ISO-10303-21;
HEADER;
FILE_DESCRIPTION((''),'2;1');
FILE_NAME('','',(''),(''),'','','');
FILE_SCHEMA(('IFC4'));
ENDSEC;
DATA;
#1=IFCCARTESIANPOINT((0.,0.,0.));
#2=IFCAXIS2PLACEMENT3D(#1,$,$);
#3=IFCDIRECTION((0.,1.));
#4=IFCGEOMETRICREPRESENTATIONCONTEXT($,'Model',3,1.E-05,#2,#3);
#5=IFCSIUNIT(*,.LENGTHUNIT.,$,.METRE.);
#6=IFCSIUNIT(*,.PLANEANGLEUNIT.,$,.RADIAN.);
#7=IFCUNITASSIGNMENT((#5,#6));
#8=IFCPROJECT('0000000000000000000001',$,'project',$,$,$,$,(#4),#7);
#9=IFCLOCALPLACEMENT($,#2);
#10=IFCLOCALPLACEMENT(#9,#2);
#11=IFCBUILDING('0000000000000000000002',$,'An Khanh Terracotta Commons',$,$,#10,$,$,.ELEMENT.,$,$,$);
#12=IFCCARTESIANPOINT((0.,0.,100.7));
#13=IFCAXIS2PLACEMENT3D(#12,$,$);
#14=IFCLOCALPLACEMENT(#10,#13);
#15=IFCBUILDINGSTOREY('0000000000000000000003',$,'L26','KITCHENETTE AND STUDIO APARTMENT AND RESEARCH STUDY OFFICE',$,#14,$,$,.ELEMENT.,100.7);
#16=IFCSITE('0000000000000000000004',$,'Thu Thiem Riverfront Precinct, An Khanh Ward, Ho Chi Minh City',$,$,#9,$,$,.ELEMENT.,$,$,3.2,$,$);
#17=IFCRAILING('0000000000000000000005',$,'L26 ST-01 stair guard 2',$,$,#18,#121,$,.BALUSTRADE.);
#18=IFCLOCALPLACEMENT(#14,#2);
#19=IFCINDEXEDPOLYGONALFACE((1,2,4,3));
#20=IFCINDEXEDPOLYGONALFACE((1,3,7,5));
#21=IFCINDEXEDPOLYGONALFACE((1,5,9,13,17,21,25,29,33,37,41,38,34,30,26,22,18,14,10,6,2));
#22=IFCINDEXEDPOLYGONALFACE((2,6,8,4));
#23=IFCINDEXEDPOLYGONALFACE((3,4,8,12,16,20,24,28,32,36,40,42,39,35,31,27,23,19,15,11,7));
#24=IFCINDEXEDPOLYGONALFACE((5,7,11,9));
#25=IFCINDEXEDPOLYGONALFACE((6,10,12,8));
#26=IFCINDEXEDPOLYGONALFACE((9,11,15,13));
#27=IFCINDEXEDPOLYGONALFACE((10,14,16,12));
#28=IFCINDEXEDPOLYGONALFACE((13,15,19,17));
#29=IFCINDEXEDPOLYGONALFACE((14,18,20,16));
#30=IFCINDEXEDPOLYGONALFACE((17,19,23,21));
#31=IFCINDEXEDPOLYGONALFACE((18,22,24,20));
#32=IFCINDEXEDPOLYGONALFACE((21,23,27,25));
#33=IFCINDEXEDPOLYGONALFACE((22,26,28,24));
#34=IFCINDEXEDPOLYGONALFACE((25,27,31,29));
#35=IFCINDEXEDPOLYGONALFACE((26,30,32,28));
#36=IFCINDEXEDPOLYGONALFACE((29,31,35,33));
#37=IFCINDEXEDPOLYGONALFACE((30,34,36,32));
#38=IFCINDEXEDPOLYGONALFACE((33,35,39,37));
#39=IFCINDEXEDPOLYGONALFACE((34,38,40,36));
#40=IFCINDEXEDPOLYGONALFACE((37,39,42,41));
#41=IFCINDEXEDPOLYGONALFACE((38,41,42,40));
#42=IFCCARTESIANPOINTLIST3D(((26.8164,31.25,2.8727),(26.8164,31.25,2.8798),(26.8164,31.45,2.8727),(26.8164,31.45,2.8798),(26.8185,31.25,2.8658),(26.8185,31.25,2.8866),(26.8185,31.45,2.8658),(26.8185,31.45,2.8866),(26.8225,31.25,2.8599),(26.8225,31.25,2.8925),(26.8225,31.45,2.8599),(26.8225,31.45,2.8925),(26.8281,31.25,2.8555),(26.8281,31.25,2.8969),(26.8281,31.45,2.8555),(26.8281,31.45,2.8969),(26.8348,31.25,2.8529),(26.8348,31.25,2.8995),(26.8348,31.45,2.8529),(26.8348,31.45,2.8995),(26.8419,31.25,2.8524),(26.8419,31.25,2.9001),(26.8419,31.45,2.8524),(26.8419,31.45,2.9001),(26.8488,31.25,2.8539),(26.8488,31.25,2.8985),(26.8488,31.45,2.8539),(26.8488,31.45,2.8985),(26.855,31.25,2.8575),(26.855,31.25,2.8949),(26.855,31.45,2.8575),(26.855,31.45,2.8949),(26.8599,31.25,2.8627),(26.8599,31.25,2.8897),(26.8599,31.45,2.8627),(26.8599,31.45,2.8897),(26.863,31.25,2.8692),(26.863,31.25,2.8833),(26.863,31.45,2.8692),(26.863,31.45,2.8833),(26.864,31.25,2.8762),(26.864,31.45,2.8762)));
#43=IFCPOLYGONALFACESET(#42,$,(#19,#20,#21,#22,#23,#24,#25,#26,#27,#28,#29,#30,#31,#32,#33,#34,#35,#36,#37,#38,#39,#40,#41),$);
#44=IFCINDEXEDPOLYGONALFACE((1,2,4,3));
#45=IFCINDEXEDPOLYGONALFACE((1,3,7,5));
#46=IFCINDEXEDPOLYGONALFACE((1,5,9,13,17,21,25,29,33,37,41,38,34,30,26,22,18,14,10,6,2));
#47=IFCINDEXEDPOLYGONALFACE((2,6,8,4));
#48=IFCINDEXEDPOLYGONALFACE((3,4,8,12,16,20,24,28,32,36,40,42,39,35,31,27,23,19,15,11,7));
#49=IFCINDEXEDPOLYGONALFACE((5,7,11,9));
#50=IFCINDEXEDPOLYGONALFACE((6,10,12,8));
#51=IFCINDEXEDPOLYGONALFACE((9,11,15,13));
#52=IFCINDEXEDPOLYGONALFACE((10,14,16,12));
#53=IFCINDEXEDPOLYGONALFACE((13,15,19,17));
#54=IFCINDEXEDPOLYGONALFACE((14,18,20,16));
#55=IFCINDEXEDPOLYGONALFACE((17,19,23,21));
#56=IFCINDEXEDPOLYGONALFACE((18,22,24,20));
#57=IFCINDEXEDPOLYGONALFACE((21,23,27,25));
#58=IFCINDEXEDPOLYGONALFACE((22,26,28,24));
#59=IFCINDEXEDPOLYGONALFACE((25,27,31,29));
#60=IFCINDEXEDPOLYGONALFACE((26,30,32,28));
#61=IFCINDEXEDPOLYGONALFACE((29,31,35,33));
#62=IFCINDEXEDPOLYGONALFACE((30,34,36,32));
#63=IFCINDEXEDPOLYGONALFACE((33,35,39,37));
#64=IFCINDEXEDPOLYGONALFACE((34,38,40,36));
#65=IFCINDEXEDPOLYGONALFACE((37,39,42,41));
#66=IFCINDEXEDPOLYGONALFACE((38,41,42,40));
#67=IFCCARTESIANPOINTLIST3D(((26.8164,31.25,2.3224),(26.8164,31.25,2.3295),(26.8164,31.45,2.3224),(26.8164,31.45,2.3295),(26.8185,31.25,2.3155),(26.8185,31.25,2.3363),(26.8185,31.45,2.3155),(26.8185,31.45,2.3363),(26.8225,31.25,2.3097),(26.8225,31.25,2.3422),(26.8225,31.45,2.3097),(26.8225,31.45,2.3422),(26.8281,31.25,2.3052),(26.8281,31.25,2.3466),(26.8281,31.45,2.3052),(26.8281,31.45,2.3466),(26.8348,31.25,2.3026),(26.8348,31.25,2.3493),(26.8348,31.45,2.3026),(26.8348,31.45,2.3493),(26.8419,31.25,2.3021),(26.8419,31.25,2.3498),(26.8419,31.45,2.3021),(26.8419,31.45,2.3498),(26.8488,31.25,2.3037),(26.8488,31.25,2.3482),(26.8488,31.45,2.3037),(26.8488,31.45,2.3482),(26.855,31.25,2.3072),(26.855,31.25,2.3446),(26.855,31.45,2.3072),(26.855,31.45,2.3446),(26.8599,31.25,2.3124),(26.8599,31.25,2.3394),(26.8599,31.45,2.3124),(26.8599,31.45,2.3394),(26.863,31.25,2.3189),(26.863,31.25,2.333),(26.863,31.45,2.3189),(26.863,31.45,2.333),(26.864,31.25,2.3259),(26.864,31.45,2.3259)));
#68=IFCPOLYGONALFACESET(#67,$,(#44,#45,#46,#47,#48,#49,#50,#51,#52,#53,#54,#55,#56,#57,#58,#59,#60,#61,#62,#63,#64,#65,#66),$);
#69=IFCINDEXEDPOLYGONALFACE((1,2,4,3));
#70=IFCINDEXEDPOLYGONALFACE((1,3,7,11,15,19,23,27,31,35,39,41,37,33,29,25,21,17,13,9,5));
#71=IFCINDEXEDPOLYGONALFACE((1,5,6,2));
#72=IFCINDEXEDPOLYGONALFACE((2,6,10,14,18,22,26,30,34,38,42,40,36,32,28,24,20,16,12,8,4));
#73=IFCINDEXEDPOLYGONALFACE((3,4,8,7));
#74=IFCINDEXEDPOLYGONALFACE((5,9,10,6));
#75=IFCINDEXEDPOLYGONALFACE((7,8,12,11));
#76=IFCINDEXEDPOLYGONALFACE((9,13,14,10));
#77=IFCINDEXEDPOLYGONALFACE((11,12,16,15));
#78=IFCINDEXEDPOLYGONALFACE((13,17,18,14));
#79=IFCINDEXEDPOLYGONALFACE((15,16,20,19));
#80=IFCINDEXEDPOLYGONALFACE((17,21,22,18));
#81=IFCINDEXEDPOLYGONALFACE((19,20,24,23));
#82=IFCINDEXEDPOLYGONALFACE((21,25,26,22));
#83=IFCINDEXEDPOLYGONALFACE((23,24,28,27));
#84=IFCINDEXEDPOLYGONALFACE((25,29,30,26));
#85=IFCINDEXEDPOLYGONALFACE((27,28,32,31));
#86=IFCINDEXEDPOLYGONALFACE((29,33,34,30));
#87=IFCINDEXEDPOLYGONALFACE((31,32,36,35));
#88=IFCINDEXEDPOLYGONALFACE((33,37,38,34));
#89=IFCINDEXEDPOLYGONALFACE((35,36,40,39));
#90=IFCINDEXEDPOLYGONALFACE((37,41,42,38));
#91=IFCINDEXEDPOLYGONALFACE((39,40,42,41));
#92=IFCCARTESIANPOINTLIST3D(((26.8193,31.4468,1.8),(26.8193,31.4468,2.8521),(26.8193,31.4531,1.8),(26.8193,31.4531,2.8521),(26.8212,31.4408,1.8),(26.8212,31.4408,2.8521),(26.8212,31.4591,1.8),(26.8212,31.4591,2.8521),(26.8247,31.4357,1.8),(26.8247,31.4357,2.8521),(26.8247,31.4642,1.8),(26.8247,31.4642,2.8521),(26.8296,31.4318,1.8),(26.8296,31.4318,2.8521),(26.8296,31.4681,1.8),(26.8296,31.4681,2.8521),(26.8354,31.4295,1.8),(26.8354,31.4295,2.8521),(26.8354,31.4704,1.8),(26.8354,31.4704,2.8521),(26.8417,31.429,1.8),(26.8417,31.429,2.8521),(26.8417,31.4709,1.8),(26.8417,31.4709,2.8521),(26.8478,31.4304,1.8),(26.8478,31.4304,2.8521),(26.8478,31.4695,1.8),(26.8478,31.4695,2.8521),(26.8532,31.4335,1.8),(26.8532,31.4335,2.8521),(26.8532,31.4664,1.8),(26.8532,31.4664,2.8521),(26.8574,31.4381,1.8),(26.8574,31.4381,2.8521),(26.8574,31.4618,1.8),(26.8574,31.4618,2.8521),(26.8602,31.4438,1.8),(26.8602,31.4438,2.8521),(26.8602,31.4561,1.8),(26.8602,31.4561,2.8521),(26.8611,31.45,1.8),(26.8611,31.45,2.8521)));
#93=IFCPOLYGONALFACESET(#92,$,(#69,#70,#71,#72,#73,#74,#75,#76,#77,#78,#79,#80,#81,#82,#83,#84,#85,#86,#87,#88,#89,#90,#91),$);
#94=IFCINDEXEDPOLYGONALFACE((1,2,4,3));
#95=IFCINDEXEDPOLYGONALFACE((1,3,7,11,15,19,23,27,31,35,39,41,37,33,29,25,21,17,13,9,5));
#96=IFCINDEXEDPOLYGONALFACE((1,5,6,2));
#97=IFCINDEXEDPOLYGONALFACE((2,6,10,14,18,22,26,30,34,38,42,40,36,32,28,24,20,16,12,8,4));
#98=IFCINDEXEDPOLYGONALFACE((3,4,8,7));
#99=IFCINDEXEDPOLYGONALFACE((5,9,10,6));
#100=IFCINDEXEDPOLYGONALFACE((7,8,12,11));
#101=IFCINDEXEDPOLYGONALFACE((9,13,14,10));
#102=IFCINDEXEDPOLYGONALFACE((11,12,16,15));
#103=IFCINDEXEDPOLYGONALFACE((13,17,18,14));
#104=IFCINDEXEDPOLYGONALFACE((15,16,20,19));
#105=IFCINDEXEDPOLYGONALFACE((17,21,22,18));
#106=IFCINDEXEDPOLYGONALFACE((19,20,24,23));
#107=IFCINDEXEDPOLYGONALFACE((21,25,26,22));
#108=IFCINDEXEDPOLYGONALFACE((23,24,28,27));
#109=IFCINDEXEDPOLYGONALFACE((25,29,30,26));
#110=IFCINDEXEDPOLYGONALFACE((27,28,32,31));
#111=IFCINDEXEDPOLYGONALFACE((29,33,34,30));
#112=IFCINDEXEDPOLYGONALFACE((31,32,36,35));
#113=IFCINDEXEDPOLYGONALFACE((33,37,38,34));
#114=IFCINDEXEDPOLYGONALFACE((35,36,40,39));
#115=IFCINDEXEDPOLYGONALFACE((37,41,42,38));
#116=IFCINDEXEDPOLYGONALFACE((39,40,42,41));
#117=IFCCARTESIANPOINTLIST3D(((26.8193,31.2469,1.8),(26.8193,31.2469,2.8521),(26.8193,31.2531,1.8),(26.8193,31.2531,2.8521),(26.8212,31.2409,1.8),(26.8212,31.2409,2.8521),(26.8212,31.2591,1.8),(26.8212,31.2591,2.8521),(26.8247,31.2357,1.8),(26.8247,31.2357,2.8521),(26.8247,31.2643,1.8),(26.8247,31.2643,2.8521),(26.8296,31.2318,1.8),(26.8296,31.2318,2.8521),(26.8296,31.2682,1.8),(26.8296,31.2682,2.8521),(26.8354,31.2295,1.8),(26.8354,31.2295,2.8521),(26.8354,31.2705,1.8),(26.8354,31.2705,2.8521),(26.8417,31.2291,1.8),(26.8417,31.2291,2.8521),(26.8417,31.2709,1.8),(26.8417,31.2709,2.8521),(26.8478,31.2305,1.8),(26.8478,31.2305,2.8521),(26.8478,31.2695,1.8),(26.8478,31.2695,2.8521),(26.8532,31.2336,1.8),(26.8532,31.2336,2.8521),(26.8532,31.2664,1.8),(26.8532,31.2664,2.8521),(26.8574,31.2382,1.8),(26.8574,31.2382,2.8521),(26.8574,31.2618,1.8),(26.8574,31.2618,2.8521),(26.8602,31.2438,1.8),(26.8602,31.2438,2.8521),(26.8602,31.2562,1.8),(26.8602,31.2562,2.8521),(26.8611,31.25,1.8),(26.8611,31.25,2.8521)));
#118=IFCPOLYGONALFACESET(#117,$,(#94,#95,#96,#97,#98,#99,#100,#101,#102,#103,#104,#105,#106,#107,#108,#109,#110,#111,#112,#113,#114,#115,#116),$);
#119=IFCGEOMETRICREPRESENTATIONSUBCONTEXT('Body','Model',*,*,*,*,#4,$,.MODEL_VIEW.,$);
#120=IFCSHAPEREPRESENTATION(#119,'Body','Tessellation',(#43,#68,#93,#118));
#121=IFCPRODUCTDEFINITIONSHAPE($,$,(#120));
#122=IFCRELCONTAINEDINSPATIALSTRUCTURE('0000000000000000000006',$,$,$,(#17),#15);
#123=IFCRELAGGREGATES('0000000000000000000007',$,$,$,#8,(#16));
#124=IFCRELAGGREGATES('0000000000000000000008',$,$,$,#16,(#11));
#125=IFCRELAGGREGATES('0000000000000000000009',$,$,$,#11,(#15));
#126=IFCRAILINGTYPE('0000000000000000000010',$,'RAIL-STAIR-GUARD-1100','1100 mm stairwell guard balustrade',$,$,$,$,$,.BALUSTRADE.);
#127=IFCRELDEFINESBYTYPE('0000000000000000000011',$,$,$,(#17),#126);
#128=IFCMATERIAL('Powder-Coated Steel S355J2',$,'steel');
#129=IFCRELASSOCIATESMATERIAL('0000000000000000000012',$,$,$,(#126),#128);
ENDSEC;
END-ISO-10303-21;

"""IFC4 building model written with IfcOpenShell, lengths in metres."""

from ifc_helpers import new_model, si_unit, direction, frame, origin, origin_2d, place, context, subcontext, project, spatial, circle, extrude, material, type_object, element, save


model = new_model("IFC4")

# Units and contexts
model_context = context("Model", 3, precision=1e-05, world=origin(), true_north=direction((0.0, 1.0)))
body_context = subcontext(model_context, "Body", "Model", "MODEL_VIEW")
ifc_project = project(units=[si_unit("LENGTHUNIT", "METRE"), si_unit("PLANEANGLEUNIT", "RADIAN")], contexts=[model_context])

# Site, building, storey
site_placement = place(None, origin())
site = spatial("IfcSite", under=ifc_project, at=site_placement, Name="Thu Thiem Riverfront Precinct, An Khanh Ward, Ho Chi Minh City", CompositionType="ELEMENT", RefElevation=3.2)
building_placement = place(site_placement, origin())
building = spatial("IfcBuilding", under=site, at=building_placement, Name="An Khanh Terracotta Commons", CompositionType="ELEMENT")
storey_placement = place(building_placement, frame((0.0, 0.0, 100.7)))
storey = spatial("IfcBuildingStorey", under=building, at=storey_placement, Name="L26", Description="KITCHENETTE AND STUDIO APARTMENT AND RESEARCH STUDY OFFICE", CompositionType="ELEMENT", Elevation=100.7)

# Railing
ifc_material_1 = material(Name="Powder-Coated Steel S355J2", Category="steel")
railing_type_1 = type_object("IfcRailingType", Name="RAIL-STAIR-GUARD-1100", Description="1100 mm stairwell guard balustrade", PredefinedType="BALUSTRADE", material=ifc_material_1)
railing_1_placement = place(storey_placement, frame((26.8401, 31.45, 1.8)))
element("IfcRailing", 1, at=railing_1_placement, inside=storey, type_object=railing_type_1, Name="L26 ST-01 stair guard 2", PredefinedType="BALUSTRADE", context=body_context, shape_type="SweptSolid", body=[
    extrude(circle(Radius=0.0239, at=origin_2d()), frame((0.0, 0.0, 1.0762), z_axis=(0.0, -1.0, 0.0), x_axis=(1.0, 0.0, 0.0)), (0.0, 0.0, 1.0), 0.2),
    extrude(circle(Radius=0.0239, at=origin_2d()), frame((0.0, 0.0, 0.5259), z_axis=(0.0, -1.0, 0.0), x_axis=(1.0, 0.0, 0.0)), (0.0, 0.0, 1.0), 0.2),
    extrude(circle(Radius=0.021, at=origin_2d()), origin(), (0.0, 0.0, 1.0), 1.052),
    extrude(circle(Radius=0.021, at=origin_2d()), frame((0.0, -0.2, 0.0)), (0.0, 0.0, 1.0), 1.052),
])

save(model, "model.ifc")
